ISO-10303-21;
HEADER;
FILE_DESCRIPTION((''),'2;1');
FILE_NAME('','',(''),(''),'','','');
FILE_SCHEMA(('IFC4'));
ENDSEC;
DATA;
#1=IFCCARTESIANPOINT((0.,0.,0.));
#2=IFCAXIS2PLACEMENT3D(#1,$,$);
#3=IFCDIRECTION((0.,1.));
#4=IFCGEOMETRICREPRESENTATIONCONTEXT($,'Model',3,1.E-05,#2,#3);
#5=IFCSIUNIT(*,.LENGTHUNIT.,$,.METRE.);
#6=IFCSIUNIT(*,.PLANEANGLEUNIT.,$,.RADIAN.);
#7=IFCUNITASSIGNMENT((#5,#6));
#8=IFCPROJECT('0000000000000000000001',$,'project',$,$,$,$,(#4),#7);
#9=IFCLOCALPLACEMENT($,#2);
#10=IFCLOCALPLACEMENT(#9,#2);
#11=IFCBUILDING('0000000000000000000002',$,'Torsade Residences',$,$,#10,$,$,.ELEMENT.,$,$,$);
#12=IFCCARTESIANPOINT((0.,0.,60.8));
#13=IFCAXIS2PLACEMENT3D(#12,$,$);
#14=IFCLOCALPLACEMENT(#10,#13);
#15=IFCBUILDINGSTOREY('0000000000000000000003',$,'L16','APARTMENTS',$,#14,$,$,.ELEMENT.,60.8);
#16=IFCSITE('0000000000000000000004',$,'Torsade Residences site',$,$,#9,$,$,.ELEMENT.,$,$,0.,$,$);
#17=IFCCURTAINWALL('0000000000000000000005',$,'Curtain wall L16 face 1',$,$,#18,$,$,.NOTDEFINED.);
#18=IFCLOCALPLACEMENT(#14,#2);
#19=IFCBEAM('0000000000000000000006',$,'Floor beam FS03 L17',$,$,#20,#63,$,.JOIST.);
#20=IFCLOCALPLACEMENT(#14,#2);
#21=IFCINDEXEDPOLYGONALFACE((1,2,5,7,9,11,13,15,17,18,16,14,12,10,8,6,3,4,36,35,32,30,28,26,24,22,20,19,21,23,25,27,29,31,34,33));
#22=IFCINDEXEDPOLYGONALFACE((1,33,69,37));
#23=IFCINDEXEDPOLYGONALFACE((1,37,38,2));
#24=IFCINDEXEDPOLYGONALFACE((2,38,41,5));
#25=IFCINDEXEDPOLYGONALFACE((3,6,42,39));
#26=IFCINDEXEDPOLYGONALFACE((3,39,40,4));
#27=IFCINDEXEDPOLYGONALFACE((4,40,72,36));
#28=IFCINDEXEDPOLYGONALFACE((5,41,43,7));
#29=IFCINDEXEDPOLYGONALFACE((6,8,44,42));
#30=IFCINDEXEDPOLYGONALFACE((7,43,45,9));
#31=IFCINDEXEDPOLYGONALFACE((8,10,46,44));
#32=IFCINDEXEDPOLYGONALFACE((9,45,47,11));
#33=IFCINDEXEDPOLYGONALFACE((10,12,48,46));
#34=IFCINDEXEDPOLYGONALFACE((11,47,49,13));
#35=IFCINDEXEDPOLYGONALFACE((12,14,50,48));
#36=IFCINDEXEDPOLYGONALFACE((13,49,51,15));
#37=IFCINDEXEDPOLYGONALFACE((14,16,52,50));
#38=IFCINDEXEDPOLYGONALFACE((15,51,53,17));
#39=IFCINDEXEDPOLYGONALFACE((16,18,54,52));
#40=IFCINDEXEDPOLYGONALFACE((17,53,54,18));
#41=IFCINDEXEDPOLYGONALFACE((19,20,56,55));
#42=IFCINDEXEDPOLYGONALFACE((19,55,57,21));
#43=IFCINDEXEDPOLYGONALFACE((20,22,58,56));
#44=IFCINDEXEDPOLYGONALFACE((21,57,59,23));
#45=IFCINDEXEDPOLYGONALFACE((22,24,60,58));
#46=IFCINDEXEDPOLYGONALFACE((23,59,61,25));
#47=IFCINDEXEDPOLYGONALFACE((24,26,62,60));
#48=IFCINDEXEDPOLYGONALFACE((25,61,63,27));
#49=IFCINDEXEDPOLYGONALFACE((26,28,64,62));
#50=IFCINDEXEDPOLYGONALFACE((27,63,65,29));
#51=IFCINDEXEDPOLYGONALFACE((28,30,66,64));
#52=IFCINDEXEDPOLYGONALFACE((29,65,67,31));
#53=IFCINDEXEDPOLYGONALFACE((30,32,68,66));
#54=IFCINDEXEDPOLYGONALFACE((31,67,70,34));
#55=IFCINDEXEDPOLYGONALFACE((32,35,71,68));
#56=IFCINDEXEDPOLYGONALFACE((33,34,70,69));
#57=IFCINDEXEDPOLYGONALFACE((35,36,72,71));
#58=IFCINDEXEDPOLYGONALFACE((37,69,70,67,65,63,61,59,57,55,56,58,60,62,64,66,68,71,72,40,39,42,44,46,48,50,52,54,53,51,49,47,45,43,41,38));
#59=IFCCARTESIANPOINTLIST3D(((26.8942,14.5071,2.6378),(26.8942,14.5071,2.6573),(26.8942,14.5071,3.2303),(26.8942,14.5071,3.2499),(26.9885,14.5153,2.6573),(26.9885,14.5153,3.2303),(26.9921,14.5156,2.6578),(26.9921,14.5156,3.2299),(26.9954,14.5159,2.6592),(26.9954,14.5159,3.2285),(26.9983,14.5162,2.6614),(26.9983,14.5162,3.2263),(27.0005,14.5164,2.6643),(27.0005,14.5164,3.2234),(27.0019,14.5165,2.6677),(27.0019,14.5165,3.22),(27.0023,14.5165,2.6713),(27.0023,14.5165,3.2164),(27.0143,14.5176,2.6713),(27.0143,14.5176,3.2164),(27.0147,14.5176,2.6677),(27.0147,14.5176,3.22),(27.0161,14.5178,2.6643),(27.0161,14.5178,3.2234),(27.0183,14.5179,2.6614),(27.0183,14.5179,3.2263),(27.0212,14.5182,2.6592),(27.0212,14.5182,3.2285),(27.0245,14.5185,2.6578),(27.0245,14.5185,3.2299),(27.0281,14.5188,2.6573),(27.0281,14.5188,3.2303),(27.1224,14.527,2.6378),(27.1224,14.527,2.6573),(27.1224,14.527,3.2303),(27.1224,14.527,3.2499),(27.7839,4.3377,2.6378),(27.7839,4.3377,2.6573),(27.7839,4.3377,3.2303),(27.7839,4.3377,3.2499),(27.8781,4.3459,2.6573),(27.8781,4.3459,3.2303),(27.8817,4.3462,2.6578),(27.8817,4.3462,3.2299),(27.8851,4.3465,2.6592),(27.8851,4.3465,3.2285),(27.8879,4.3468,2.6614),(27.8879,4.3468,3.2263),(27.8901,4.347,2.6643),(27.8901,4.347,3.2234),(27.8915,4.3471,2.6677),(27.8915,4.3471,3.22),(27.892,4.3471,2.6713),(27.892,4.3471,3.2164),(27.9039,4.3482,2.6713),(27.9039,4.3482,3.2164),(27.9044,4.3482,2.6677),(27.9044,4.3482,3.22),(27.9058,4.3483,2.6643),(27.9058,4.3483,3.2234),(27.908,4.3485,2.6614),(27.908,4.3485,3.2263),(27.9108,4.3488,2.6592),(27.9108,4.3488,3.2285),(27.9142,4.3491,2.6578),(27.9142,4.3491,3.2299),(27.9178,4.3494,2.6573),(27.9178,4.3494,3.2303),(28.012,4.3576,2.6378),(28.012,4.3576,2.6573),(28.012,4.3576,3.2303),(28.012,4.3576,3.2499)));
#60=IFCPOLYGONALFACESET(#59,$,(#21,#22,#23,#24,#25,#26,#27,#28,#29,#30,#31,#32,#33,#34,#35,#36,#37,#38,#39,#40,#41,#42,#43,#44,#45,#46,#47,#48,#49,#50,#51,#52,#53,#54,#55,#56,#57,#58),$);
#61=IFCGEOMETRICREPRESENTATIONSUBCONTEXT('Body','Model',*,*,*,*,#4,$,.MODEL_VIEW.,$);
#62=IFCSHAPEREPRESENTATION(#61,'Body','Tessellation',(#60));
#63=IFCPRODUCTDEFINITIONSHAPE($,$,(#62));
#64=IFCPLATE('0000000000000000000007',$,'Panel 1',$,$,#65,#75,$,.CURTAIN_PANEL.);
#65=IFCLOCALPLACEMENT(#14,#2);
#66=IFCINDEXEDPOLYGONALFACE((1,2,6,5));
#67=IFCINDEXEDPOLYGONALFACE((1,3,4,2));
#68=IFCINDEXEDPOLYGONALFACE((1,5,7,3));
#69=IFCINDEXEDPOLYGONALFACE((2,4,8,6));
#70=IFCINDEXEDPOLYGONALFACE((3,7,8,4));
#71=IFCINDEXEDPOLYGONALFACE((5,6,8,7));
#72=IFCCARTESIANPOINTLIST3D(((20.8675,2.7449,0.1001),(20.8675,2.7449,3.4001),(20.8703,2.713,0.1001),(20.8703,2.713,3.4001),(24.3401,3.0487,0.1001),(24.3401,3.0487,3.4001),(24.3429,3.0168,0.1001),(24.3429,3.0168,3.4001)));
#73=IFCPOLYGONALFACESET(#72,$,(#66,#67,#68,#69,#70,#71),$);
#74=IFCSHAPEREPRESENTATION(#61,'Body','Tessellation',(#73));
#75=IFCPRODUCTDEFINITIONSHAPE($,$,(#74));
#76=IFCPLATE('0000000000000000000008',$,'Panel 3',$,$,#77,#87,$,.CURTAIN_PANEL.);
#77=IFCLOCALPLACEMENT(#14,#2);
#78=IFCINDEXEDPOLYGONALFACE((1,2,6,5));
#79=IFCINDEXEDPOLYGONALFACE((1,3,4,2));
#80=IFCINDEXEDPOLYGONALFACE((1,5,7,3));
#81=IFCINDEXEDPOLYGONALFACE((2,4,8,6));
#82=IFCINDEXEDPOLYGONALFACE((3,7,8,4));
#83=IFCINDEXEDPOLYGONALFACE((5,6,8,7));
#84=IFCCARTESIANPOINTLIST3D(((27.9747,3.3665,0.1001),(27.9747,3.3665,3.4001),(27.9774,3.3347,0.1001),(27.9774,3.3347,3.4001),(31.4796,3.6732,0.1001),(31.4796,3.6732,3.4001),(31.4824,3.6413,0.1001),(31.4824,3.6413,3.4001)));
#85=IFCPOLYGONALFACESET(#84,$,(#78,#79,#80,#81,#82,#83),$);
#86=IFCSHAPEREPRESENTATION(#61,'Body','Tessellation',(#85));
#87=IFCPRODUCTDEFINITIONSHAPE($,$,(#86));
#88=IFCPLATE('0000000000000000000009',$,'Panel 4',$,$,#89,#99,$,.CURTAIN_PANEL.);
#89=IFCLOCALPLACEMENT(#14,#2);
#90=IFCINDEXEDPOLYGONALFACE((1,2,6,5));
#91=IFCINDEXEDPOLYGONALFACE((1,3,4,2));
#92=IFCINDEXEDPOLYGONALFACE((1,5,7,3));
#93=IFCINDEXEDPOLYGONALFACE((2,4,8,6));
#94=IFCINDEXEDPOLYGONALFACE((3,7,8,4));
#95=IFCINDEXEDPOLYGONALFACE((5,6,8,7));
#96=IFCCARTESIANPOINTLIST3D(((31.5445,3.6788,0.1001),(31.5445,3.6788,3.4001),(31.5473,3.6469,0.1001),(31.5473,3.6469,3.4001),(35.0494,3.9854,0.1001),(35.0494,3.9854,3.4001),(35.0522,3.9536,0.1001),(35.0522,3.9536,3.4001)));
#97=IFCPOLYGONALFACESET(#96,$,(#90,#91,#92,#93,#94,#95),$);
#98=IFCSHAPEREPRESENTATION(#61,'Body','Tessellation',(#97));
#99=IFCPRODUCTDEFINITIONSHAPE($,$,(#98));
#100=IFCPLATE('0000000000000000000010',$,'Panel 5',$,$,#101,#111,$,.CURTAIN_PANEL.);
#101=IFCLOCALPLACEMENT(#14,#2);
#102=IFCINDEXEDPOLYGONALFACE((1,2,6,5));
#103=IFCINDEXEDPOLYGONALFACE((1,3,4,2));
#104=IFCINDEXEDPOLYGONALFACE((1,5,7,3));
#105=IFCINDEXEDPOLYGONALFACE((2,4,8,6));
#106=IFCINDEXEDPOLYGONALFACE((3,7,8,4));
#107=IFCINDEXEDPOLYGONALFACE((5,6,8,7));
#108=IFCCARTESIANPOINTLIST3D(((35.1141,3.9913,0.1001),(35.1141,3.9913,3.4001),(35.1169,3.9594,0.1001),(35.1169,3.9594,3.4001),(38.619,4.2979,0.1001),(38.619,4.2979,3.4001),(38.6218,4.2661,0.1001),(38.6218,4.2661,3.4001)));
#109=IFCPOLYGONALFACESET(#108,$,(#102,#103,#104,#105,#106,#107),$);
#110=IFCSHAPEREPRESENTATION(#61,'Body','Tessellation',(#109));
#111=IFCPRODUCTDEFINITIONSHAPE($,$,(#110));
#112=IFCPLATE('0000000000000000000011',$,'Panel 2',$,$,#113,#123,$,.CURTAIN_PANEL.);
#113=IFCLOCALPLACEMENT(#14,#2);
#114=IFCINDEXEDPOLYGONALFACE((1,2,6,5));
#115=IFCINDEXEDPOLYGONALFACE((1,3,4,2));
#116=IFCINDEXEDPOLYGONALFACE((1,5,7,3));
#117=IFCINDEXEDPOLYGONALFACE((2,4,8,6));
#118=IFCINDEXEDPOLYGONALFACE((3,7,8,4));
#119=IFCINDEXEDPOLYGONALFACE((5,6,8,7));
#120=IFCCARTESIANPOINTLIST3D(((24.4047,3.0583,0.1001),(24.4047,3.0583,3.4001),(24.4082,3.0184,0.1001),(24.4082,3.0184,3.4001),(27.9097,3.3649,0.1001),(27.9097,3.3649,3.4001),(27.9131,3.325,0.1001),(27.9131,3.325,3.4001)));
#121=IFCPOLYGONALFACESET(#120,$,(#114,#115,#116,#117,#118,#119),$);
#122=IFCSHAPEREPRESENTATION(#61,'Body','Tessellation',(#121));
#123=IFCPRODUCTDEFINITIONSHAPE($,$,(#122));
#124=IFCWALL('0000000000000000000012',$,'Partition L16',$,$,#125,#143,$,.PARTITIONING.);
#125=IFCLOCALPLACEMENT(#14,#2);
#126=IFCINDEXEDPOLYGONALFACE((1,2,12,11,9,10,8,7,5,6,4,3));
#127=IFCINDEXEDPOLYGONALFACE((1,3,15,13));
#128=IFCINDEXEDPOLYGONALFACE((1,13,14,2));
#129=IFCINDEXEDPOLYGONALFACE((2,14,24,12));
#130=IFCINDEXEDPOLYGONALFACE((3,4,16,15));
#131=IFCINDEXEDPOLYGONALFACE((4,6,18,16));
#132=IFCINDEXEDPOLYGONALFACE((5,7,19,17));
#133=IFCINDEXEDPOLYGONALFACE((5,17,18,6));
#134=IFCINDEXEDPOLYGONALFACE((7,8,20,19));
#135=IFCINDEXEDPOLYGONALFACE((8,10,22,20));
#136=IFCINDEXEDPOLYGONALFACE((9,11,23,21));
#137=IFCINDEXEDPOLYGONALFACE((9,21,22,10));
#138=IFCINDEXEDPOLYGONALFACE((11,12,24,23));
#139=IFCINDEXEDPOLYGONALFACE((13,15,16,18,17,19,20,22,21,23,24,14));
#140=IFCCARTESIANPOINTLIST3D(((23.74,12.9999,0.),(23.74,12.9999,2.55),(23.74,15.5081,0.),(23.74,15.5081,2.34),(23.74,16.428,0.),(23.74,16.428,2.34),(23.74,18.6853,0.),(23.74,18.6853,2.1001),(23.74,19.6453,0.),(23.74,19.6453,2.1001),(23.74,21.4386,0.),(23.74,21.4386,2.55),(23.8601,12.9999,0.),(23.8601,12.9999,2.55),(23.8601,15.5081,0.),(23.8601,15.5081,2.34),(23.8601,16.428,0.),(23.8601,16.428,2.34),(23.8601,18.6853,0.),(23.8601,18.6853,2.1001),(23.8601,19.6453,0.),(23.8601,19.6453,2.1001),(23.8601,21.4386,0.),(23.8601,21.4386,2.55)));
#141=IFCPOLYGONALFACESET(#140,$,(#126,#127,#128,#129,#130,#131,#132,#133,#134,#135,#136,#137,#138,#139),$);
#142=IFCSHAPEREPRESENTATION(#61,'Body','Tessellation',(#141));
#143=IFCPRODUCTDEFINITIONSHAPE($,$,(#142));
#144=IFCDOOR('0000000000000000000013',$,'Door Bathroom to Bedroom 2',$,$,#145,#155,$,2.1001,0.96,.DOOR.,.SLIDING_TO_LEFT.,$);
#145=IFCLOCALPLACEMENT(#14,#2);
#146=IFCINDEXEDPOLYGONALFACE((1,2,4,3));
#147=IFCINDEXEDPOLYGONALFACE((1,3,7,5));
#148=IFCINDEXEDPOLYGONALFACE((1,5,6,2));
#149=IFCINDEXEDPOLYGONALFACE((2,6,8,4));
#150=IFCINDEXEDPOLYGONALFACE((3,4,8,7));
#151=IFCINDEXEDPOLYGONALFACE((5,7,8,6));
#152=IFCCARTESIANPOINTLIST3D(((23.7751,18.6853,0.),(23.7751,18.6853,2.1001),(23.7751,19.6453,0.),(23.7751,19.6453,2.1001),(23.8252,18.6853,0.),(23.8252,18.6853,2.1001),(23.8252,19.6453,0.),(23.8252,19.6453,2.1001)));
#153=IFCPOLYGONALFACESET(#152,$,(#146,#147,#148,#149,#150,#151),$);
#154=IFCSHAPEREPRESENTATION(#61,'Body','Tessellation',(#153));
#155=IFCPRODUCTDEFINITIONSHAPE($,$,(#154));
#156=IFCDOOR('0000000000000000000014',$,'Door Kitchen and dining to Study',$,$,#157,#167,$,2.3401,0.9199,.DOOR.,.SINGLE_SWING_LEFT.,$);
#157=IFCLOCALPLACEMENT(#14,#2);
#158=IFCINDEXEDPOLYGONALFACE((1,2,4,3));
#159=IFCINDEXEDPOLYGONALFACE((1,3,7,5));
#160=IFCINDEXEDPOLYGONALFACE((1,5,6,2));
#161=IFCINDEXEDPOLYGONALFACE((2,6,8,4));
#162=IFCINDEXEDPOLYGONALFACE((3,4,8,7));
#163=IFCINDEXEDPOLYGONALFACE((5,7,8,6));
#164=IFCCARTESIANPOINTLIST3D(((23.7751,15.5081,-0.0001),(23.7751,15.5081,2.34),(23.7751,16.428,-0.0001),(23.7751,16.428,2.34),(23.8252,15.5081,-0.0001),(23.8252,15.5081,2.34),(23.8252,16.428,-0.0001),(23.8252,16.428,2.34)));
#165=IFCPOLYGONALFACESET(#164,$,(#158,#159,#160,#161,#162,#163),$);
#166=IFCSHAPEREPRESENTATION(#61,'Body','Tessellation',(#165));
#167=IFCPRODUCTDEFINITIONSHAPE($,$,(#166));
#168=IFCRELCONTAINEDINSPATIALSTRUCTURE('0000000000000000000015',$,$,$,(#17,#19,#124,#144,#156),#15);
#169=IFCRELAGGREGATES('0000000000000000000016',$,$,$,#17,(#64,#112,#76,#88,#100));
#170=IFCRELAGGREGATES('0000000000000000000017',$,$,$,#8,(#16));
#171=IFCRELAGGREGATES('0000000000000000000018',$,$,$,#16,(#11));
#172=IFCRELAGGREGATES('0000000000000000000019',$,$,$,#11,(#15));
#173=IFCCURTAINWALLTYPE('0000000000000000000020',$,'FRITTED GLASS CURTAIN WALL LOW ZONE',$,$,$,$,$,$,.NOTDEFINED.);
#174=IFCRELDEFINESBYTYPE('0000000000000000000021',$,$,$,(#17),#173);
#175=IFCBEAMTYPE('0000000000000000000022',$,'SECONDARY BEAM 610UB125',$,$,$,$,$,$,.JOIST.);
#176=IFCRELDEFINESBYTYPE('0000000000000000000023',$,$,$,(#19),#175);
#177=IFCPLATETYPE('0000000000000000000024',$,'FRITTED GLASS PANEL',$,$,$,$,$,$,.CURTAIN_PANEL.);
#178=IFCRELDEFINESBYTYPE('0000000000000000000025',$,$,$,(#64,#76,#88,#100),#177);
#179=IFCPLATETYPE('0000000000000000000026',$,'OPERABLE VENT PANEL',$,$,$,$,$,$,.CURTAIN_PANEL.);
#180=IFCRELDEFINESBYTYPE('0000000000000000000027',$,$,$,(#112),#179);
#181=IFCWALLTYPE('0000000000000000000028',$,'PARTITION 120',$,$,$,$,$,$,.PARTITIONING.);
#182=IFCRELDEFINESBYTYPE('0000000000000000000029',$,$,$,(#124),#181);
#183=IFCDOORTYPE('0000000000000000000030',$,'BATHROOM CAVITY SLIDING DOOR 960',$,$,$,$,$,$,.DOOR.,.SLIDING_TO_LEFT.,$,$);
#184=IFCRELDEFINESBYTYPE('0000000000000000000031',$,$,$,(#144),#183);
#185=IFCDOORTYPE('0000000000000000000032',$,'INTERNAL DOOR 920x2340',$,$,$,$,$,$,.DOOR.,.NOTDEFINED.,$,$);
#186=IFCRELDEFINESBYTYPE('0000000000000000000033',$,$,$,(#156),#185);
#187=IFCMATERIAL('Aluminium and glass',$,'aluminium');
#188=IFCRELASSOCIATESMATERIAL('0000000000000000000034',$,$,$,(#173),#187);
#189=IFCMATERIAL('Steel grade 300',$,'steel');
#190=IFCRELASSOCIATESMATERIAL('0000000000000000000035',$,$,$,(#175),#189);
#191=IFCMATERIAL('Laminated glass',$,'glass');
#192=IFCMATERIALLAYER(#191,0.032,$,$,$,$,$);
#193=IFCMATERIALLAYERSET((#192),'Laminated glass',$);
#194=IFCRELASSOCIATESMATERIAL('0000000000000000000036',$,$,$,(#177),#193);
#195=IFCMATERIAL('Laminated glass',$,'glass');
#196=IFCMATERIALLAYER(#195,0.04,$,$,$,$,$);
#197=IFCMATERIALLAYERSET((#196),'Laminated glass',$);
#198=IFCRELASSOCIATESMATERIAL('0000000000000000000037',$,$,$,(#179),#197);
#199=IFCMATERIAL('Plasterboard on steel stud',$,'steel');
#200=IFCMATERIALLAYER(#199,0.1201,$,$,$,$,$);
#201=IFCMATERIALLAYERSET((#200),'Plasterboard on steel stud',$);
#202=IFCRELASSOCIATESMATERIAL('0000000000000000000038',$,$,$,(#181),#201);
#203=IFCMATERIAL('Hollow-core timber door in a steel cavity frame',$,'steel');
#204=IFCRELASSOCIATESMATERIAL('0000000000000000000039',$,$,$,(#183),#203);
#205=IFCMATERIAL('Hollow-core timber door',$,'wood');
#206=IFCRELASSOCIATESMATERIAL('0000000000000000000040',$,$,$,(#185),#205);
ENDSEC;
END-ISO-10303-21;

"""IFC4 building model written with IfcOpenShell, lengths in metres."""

from ifc_helpers import new_model, si_unit, direction, frame, frame_2d, origin, origin_2d, place, context, subcontext, project, spatial, rectangle, i_section, extrude, material, layer, layer_set, material_profile, profile_set, type_object, element, fill, aggregate, save


model = new_model("IFC4")

# Units and contexts
model_context = context("Model", 3, precision=1e-05, world=origin(), true_north=direction((0.0, 1.0)))
body_context = subcontext(model_context, "Body", "Model", "MODEL_VIEW")
ifc_project = project(units=[si_unit("LENGTHUNIT", "METRE"), si_unit("PLANEANGLEUNIT", "RADIAN")], contexts=[model_context])

# Site, building, storey
site_placement = place(None, origin())
site = spatial("IfcSite", under=ifc_project, at=site_placement, Name="Torsade Residences site", CompositionType="ELEMENT", RefElevation=0.0)
building_placement = place(site_placement, origin())
building = spatial("IfcBuilding", under=site, at=building_placement, Name="Torsade Residences", CompositionType="ELEMENT")
storey_placement = place(building_placement, frame((0.0, 0.0, 60.8)))
storey = spatial("IfcBuildingStorey", under=building, at=storey_placement, Name="L16", Description="APARTMENTS", CompositionType="ELEMENT", Elevation=60.8)

# Curtain wall
ifc_material_1 = material(Name="Aluminium and glass", Category="aluminium")
curtain_wall_type = type_object("IfcCurtainWallType", Name="FRITTED GLASS CURTAIN WALL LOW ZONE", PredefinedType="NOTDEFINED", material=ifc_material_1)
curtain_wall_placement = place(storey_placement, origin())
curtain_wall = element("IfcCurtainWall", 1, at=curtain_wall_placement, inside=storey, type_object=curtain_wall_type, Name="Curtain wall L16 face 1", PredefinedType="NOTDEFINED")

# Beam
ifc_material_2 = material(Name="Steel grade 300", Category="steel")
ifc_material_profile_1 = material_profile(ifc_material_2, i_section(OverallWidth=0.229, OverallDepth=0.6121, WebThickness=0.012, FlangeThickness=0.0195, FilletRadius=0.0139, at=origin_2d()), Name="610UB125")
ifc_profile_set_1 = profile_set([ifc_material_profile_1], Name="Steel grade 300")
beam_type_1 = type_object("IfcBeamType", Name="SECONDARY BEAM 610UB125", PredefinedType="JOIST", material=ifc_profile_set_1)
beam_1_placement = place(storey_placement, frame((27.8979, 4.3477, 2.9438), z_axis=(-0.08715, 0.996195, 0.0), x_axis=(-0.996195, -0.08715, 0.0)))
element("IfcBeam", 2, at=beam_1_placement, inside=storey, type_object=beam_type_1, Name="Floor beam FS03 L17", PredefinedType="JOIST", context=body_context, shape_type="SweptSolid", body=[
    extrude(i_section(OverallWidth=0.229, OverallDepth=0.6121, WebThickness=0.012, FlangeThickness=0.0195, FilletRadius=0.0139, at=origin_2d()), origin(), (0.0, 0.0, 1.0), 10.2083),
])

# Plates
ifc_material_3 = material(Name="Laminated glass", Category="glass")
ifc_layer_1 = layer(ifc_material_3, 0.032)
ifc_layer_set_1 = layer_set([ifc_layer_1], Name="Laminated glass")
plate_type_1 = type_object("IfcPlateType", Name="FRITTED GLASS PANEL", PredefinedType="CURTAIN_PANEL", material=ifc_layer_set_1)
plate_1_placement = place(storey_placement, frame((22.6052, 2.8809, 0.1001), z_axis=(0.0, 0.0, 1.0), x_axis=(0.996195, 0.087156, 0.0)))
plate_1 = element("IfcPlate", 3, at=plate_1_placement, type_object=plate_type_1, Name="Panel 1", PredefinedType="CURTAIN_PANEL", context=body_context, shape_type="SweptSolid", body=[
    extrude(rectangle(XDim=3.4858, YDim=0.032, at=origin_2d()), origin(), (0.0, 0.0, 1.0), 3.3),
])
plate_2_placement = place(storey_placement, frame((29.7285, 3.5039, 0.1001), z_axis=(0.0, 0.0, 1.0), x_axis=(0.996195, 0.087156, 0.0)))
plate_2 = element("IfcPlate", 4, at=plate_2_placement, type_object=plate_type_1, Name="Panel 3", PredefinedType="CURTAIN_PANEL", context=body_context, shape_type="SweptSolid", body=[
    extrude(rectangle(XDim=3.5183, YDim=0.032, at=origin_2d()), origin(), (0.0, 0.0, 1.0), 3.3),
])
plate_3_placement = place(storey_placement, frame((33.2983, 3.8162, 0.1001), z_axis=(0.0, 0.0, 1.0), x_axis=(0.996195, 0.087156, 0.0)))
plate_3 = element("IfcPlate", 5, at=plate_3_placement, type_object=plate_type_1, Name="Panel 4", PredefinedType="CURTAIN_PANEL", context=body_context, shape_type="SweptSolid", body=[
    extrude(rectangle(XDim=3.5183, YDim=0.032, at=origin_2d()), origin(), (0.0, 0.0, 1.0), 3.3),
])
plate_4_placement = place(storey_placement, frame((36.8679, 4.1287, 0.1001), z_axis=(0.0, 0.0, 1.0), x_axis=(0.996195, 0.087156, 0.0)))
plate_4 = element("IfcPlate", 6, at=plate_4_placement, type_object=plate_type_1, Name="Panel 5", PredefinedType="CURTAIN_PANEL", context=body_context, shape_type="SweptSolid", body=[
    extrude(rectangle(XDim=3.5183, YDim=0.032, at=origin_2d()), origin(), (0.0, 0.0, 1.0), 3.3),
])
ifc_material_4 = material(Name="Laminated glass", Category="glass")
ifc_layer_2 = layer(ifc_material_4, 0.04)
ifc_layer_set_2 = layer_set([ifc_layer_2], Name="Laminated glass")
plate_type_2 = type_object("IfcPlateType", Name="OPERABLE VENT PANEL", PredefinedType="CURTAIN_PANEL", material=ifc_layer_set_2)
plate_5_placement = place(storey_placement, frame((26.1589, 3.1917, 0.1001), z_axis=(0.0, 0.0, 1.0), x_axis=(0.996195, 0.087156, 0.0)))
plate_5 = element("IfcPlate", 7, at=plate_5_placement, type_object=plate_type_2, Name="Panel 2", PredefinedType="CURTAIN_PANEL", context=body_context, shape_type="SweptSolid", body=[
    extrude(rectangle(XDim=3.5183, YDim=0.04, at=origin_2d()), origin(), (0.0, 0.0, 1.0), 3.3),
])
aggregate(curtain_wall, [plate_1, plate_5, plate_2, plate_3, plate_4])

# Wall, openings, doors
ifc_material_5 = material(Name="Plasterboard on steel stud", Category="steel")
ifc_layer_3 = layer(ifc_material_5, 0.1201)
ifc_layer_set_3 = layer_set([ifc_layer_3], Name="Plasterboard on steel stud")
wall_type_1 = type_object("IfcWallType", Name="PARTITION 120", PredefinedType="PARTITIONING", material=ifc_layer_set_3)
wall_1_placement = place(storey_placement, frame((23.8, 13.0, 0.0), z_axis=(0.0, 0.0, 1.0), x_axis=(0.0, 1.0, 0.0)))
wall_1 = element("IfcWall", 8, at=wall_1_placement, inside=storey, type_object=wall_type_1, Name="Partition L16", PredefinedType="PARTITIONING", context=body_context, shape_type="SweptSolid", body=[
    extrude(rectangle(XDim=8.4387, YDim=0.1201, at=frame_2d((4.2192, 0.0))), origin(), (0.0, 0.0, 1.0), 2.55),
])
opening_1_placement = place(wall_1_placement, frame((2.5081, 0.0, 0.0)))
opening_1 = element("IfcOpeningElement", 9, at=opening_1_placement, cuts=wall_1, PredefinedType="OPENING", context=body_context, shape_type="SweptSolid", body=[
    extrude(rectangle(XDim=0.9199, YDim=2.3401, at=frame_2d((0.46, 1.1699))), frame((0.0, 0.0701, 0.0), z_axis=(0.0, -1.0, 0.0), x_axis=(1.0, 0.0, 0.0)), (0.0, 0.0, 1.0), 0.1401),
])
opening_2_placement = place(wall_1_placement, frame((5.6853, 0.0, 0.0)))
opening_2 = element("IfcOpeningElement", 10, at=opening_2_placement, cuts=wall_1, PredefinedType="OPENING", context=body_context, shape_type="SweptSolid", body=[
    extrude(rectangle(XDim=0.96, YDim=2.1001, at=frame_2d((0.48, 1.05))), frame((0.0, 0.0701, 0.0), z_axis=(0.0, -1.0, 0.0), x_axis=(1.0, 0.0, 0.0)), (0.0, 0.0, 1.0), 0.1401),
])
ifc_material_6 = material(Name="Hollow-core timber door in a steel cavity frame", Category="steel")
door_type_1 = type_object("IfcDoorType", Name="BATHROOM CAVITY SLIDING DOOR 960", OperationType="SLIDING_TO_LEFT", PredefinedType="DOOR", material=ifc_material_6)
door_1_placement = place(opening_2_placement, origin())
door_1 = element("IfcDoor", 11, at=door_1_placement, inside=storey, type_object=door_type_1, Name="Door Bathroom to Bedroom 2", OperationType="SLIDING_TO_LEFT", OverallHeight=2.1001, OverallWidth=0.96, PredefinedType="DOOR", context=body_context, shape_type="SweptSolid", body=[
    extrude(rectangle(XDim=0.96, YDim=2.1001, at=frame_2d((0.48, 1.05))), frame((0.0, 0.0249, 0.0), z_axis=(0.0, -1.0, 0.0), x_axis=(1.0, 0.0, 0.0)), (0.0, 0.0, 1.0), 0.05),
])
fill(opening_2, door_1)
ifc_material_7 = material(Name="Hollow-core timber door", Category="wood")
door_type_2 = type_object("IfcDoorType", Name="INTERNAL DOOR 920x2340", OperationType="NOTDEFINED", PredefinedType="DOOR", material=ifc_material_7)
door_2_placement = place(opening_1_placement, origin())
door_2 = element("IfcDoor", 12, at=door_2_placement, inside=storey, type_object=door_type_2, Name="Door Kitchen and dining to Study", OperationType="SINGLE_SWING_LEFT", OverallHeight=2.3401, OverallWidth=0.9199, PredefinedType="DOOR", context=body_context, shape_type="SweptSolid", body=[
    extrude(rectangle(XDim=0.9199, YDim=2.3401, at=frame_2d((0.46, 1.1699))), frame((0.0, 0.0249, 0.0), z_axis=(0.0, -1.0, 0.0), x_axis=(1.0, 0.0, 0.0)), (0.0, 0.0, 1.0), 0.05),
])
fill(opening_1, door_2)

save(model, "model.ifc")
